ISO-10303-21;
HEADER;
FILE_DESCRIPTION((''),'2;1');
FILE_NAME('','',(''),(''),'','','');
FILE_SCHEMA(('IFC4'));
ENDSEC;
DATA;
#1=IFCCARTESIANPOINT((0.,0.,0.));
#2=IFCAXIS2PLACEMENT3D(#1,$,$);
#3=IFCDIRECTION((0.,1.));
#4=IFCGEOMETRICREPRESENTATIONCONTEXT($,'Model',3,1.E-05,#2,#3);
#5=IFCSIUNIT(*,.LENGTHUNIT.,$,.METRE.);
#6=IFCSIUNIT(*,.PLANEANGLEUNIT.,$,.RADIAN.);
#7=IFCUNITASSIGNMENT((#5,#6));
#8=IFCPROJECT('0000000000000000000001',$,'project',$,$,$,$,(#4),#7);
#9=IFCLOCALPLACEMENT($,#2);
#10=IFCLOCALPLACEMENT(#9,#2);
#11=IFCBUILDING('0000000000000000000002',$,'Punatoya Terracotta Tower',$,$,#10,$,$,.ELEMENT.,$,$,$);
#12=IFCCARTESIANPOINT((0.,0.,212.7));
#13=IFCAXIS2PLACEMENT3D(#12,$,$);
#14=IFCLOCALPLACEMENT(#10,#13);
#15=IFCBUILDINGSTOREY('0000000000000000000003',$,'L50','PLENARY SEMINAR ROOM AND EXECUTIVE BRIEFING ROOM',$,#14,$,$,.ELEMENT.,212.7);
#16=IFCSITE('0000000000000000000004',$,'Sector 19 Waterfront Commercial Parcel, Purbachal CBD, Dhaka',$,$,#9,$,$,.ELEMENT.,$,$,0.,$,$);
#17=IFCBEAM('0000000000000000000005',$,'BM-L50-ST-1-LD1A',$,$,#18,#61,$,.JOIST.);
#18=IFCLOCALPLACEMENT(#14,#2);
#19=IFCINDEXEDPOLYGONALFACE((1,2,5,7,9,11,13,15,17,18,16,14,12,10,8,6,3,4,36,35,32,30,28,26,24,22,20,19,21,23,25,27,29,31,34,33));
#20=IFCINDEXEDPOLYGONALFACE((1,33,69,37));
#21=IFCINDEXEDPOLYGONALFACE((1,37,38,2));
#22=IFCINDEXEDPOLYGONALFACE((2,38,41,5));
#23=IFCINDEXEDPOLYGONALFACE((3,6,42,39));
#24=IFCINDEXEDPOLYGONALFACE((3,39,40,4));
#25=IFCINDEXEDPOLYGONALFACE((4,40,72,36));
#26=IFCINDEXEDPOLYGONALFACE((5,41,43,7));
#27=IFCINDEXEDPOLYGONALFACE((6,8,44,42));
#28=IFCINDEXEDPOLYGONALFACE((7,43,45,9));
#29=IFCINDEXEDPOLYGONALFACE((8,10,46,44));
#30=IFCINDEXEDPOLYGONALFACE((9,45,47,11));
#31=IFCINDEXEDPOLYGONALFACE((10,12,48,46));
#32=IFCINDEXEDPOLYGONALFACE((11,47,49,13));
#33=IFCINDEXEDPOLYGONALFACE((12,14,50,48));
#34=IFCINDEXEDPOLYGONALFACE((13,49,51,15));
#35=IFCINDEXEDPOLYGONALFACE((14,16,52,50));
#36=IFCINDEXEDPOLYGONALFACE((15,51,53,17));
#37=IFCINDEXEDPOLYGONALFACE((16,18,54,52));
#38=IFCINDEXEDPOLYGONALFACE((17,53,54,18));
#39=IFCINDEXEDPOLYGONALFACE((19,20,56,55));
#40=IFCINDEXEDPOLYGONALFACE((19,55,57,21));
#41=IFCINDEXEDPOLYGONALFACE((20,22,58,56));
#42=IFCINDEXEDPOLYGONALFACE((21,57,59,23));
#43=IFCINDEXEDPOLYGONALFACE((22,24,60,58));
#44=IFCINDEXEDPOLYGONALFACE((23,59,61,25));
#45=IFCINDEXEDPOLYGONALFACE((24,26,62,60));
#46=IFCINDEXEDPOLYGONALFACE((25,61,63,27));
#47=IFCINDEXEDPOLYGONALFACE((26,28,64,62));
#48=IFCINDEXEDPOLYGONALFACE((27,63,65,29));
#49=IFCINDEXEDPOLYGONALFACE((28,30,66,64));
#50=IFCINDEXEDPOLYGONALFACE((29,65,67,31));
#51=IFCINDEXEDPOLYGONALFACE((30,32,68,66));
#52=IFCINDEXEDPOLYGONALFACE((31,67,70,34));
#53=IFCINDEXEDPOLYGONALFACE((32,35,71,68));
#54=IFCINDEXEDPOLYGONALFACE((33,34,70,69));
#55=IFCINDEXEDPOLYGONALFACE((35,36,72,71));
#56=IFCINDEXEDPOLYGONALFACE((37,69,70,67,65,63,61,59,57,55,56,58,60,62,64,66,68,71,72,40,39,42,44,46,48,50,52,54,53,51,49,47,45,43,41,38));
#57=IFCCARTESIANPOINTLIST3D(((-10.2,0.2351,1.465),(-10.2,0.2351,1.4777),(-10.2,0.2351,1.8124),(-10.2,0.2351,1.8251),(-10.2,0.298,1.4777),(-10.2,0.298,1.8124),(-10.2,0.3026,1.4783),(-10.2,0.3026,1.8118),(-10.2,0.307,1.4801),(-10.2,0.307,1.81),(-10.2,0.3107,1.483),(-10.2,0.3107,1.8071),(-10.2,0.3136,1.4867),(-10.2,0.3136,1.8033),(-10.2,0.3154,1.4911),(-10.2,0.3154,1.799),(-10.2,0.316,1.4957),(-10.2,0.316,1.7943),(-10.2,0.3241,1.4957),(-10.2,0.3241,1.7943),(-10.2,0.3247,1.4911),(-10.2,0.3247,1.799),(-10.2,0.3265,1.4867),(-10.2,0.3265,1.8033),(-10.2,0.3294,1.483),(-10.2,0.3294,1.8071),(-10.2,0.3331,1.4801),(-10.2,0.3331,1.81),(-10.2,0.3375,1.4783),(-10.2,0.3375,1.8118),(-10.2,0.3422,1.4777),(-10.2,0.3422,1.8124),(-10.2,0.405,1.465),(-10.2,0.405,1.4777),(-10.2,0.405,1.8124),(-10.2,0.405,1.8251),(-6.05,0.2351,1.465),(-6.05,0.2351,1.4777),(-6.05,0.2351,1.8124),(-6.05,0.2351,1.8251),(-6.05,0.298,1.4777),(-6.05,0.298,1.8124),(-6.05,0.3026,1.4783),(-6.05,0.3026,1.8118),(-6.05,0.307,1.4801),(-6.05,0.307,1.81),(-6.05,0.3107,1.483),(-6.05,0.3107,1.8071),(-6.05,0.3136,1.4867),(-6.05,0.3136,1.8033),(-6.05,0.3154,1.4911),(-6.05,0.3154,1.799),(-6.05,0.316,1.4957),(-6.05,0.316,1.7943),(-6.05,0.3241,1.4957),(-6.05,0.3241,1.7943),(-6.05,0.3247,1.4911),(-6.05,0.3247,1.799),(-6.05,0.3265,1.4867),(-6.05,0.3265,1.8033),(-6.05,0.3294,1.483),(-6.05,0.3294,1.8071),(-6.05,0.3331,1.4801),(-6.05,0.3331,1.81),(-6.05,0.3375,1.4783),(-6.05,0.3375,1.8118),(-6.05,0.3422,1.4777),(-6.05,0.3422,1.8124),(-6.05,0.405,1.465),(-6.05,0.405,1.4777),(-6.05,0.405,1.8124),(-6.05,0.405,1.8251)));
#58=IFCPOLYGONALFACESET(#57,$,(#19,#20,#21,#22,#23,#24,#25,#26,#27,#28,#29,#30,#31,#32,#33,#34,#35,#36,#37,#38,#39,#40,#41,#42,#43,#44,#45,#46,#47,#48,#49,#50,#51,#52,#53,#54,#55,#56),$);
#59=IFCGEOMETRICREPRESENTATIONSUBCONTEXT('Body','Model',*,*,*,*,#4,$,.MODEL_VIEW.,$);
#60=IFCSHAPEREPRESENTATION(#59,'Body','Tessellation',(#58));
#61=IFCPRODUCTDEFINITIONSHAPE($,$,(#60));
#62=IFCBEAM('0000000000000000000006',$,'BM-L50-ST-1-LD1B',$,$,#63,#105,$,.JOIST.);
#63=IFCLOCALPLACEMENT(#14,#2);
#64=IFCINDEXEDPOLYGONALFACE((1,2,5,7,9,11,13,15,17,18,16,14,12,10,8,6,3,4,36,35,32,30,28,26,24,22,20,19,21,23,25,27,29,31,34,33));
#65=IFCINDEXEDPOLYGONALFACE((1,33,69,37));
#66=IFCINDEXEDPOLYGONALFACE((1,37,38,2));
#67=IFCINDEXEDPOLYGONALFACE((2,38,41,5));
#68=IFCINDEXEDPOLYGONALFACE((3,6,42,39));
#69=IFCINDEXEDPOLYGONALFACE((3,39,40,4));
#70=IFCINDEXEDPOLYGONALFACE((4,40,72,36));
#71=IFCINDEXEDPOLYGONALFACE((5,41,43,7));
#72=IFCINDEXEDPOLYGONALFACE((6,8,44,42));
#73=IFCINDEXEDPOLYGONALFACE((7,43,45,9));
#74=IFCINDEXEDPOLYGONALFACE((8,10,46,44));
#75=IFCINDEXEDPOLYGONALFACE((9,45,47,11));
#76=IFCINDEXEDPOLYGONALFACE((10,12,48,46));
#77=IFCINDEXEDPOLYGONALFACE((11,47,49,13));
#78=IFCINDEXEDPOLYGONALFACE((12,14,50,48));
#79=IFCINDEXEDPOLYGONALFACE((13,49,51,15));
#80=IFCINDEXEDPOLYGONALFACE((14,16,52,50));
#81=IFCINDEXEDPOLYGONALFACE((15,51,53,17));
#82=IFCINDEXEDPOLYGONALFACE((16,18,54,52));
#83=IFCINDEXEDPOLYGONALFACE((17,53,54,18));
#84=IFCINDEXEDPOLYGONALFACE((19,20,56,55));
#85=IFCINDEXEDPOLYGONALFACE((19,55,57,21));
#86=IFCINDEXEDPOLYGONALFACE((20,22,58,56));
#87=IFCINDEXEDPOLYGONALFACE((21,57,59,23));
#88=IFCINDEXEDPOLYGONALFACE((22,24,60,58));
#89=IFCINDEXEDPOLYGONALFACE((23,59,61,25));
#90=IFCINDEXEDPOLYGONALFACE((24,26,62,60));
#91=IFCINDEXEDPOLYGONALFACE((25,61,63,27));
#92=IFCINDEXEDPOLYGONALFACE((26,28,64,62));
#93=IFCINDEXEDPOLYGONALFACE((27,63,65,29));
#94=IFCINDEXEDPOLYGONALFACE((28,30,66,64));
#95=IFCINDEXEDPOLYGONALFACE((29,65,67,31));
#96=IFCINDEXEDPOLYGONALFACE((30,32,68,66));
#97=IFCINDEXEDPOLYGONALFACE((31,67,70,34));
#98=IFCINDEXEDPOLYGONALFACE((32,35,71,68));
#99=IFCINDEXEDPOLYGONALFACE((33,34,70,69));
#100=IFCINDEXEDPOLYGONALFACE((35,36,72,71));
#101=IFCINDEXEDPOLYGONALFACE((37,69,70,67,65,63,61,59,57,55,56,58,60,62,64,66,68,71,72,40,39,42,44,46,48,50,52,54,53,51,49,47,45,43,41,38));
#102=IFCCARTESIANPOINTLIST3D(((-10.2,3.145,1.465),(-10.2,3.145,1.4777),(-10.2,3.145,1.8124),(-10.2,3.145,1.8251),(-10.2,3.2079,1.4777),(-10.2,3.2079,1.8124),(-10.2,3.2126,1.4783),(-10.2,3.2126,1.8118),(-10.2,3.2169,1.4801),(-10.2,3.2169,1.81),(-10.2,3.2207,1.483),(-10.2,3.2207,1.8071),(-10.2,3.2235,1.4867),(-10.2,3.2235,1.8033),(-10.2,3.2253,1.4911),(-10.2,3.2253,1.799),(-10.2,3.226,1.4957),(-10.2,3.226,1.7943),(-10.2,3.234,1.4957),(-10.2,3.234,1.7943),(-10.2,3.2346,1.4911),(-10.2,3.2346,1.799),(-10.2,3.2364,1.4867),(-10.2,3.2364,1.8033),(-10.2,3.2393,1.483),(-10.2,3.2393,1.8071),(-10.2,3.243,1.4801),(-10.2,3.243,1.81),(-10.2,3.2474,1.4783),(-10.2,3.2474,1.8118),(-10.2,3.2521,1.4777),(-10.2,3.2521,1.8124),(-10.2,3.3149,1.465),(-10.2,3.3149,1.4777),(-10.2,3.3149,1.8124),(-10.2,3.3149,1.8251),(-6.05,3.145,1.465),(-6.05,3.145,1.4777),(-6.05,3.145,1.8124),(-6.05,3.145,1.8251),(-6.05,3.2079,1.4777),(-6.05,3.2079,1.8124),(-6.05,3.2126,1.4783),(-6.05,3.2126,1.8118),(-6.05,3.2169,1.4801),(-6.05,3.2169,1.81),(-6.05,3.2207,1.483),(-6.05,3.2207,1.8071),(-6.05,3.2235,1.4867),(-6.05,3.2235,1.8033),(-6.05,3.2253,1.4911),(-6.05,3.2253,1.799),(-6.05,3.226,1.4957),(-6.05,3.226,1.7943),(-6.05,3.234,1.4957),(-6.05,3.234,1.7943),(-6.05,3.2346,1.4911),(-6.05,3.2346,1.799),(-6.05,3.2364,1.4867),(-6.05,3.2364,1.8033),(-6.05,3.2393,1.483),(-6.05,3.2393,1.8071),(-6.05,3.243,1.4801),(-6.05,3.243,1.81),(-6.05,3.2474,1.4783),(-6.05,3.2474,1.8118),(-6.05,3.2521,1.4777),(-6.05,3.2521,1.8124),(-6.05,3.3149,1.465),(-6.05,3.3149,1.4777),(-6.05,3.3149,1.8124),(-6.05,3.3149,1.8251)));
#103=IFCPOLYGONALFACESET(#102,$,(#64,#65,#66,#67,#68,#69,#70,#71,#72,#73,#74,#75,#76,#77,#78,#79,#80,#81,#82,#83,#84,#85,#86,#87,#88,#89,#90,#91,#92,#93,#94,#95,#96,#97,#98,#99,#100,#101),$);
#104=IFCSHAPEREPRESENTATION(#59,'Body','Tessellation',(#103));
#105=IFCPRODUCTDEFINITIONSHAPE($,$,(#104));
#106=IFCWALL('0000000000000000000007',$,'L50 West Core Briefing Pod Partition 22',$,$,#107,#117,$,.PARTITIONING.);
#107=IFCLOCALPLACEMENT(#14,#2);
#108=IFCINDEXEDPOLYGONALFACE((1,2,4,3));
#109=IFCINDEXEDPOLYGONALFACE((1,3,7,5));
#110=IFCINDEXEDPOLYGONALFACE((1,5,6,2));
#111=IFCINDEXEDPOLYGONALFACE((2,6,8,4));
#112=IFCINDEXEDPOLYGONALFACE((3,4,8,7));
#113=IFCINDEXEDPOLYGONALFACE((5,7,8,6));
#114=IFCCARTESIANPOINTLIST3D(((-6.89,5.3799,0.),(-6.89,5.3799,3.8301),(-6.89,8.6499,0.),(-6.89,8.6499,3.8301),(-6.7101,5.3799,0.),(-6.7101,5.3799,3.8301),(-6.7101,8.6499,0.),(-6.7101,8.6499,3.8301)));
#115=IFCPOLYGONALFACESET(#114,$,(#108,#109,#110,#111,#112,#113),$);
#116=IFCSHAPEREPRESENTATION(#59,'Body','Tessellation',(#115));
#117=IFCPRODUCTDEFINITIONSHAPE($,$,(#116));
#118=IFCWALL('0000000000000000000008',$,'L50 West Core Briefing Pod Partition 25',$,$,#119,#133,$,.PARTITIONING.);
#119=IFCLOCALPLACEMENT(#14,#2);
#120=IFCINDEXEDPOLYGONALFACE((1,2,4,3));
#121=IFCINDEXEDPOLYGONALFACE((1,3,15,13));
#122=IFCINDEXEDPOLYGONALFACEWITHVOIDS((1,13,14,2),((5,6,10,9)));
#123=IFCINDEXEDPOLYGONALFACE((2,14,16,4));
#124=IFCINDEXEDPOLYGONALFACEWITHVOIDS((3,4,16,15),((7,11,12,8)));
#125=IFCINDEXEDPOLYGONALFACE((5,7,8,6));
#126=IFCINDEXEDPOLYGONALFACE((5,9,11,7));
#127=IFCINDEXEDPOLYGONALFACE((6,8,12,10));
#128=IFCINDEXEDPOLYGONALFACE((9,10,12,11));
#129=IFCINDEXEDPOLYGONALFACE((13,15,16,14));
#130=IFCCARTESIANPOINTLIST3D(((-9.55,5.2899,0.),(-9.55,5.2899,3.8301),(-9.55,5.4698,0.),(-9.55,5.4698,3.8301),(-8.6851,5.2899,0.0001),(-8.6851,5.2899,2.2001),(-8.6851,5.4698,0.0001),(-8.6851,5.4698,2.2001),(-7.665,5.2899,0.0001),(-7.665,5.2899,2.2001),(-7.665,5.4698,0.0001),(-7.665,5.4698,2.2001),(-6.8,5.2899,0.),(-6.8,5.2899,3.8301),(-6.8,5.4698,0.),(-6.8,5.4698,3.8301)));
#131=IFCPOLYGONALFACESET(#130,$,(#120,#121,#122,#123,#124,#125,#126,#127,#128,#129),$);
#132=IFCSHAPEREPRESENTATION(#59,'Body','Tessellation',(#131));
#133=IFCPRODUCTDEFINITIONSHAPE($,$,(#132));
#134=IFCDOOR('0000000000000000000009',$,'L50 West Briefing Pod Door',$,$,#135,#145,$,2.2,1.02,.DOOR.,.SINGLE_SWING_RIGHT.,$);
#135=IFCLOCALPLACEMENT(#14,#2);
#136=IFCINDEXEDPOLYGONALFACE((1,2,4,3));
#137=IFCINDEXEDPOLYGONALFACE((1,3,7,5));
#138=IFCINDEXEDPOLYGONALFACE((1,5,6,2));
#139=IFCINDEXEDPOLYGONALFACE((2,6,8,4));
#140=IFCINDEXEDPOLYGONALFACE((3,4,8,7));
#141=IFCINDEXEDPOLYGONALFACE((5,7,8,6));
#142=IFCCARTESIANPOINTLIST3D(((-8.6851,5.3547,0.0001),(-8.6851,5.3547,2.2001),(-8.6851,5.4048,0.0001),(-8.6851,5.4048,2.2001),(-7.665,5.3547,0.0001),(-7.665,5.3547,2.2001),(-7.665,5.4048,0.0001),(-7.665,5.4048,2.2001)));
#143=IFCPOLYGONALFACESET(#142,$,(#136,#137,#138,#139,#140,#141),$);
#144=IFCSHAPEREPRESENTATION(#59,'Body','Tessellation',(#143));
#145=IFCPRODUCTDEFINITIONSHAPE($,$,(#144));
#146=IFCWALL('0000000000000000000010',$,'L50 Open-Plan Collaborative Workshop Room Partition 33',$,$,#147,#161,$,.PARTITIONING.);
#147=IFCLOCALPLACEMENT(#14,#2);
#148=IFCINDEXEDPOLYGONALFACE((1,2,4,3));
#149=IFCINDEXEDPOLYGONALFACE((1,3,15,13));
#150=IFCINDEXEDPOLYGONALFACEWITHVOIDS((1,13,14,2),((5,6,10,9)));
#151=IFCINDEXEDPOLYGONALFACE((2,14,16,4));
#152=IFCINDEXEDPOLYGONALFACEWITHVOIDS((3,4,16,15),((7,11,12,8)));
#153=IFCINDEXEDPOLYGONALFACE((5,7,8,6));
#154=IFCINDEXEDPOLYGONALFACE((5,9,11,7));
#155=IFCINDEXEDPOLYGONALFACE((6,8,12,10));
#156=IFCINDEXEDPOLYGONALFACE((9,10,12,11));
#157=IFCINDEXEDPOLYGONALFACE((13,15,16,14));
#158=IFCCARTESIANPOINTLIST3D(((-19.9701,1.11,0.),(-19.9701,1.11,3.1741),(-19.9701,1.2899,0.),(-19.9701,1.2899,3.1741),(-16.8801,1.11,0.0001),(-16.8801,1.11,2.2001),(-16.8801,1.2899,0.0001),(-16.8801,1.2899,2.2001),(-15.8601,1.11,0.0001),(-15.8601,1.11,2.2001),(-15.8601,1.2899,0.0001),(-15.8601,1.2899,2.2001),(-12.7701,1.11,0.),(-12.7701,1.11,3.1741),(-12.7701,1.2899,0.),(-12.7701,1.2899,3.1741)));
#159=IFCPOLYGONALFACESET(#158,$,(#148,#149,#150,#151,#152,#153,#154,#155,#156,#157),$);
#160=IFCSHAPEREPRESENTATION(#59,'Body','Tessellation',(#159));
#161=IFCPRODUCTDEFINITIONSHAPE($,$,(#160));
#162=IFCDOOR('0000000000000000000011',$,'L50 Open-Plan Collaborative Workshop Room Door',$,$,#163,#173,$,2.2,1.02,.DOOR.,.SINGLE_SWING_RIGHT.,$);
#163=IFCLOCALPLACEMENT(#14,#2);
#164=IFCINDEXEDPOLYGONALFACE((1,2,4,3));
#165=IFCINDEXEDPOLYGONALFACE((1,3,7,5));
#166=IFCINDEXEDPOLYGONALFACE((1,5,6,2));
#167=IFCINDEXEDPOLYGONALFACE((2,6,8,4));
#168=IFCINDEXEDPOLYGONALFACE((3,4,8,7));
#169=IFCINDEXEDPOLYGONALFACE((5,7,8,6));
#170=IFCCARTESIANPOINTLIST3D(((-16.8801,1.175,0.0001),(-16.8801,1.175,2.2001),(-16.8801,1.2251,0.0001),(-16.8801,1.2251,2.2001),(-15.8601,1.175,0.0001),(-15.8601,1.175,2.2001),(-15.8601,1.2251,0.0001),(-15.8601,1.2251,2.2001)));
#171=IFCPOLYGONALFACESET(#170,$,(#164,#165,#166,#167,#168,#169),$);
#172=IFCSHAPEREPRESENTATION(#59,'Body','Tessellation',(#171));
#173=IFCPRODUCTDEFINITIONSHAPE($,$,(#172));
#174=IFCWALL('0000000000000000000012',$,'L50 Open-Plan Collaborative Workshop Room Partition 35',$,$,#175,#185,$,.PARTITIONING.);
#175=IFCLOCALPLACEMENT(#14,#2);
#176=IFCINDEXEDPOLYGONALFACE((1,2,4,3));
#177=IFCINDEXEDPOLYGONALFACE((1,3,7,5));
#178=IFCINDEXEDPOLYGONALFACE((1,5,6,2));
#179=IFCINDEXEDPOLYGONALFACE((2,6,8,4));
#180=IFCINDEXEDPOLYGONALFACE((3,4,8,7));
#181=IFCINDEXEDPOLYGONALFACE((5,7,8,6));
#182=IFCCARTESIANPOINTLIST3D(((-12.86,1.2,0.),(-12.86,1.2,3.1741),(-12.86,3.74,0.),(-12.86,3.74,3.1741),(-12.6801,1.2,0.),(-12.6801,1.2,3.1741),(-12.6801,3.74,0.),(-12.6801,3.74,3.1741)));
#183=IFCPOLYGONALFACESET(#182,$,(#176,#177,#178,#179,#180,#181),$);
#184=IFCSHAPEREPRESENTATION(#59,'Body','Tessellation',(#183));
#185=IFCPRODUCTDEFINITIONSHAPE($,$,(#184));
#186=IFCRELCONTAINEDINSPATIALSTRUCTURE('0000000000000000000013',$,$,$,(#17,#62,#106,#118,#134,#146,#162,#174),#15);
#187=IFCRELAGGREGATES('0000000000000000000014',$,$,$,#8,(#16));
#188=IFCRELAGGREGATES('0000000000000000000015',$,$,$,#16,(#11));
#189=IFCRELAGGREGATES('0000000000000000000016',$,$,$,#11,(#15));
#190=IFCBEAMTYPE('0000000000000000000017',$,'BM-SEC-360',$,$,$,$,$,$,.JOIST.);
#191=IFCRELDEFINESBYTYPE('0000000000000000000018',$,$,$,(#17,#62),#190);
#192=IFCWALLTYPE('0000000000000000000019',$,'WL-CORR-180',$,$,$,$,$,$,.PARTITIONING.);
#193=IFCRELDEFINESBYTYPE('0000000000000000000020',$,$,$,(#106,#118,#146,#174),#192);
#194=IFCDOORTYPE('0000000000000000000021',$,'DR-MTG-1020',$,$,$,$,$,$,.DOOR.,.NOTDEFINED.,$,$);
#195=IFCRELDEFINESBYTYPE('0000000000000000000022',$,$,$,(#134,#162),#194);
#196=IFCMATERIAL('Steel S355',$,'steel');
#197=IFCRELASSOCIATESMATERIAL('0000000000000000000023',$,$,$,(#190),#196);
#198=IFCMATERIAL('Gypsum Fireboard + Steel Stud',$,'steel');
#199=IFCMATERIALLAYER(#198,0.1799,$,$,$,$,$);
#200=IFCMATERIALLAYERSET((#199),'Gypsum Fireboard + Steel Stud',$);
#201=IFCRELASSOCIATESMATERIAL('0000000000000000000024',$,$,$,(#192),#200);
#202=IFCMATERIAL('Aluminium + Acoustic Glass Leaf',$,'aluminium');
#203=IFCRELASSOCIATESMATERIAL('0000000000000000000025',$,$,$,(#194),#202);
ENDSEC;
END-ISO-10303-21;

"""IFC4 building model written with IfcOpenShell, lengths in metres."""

from ifc_helpers import new_model, si_unit, direction, frame, frame_2d, origin, origin_2d, place, context, subcontext, project, spatial, rectangle, i_section, extrude, material, layer, layer_set, material_profile, profile_set, type_object, element, fill, save


model = new_model("IFC4")

# Units and contexts
model_context = context("Model", 3, precision=1e-05, world=origin(), true_north=direction((0.0, 1.0)))
body_context = subcontext(model_context, "Body", "Model", "MODEL_VIEW")
ifc_project = project(units=[si_unit("LENGTHUNIT", "METRE"), si_unit("PLANEANGLEUNIT", "RADIAN")], contexts=[model_context])

# Site, building, storey
site_placement = place(None, origin())
site = spatial("IfcSite", under=ifc_project, at=site_placement, Name="Sector 19 Waterfront Commercial Parcel, Purbachal CBD, Dhaka", CompositionType="ELEMENT", RefElevation=0.0)
building_placement = place(site_placement, origin())
building = spatial("IfcBuilding", under=site, at=building_placement, Name="Punatoya Terracotta Tower", CompositionType="ELEMENT")
storey_placement = place(building_placement, frame((0.0, 0.0, 212.7)))
storey = spatial("IfcBuildingStorey", under=building, at=storey_placement, Name="L50", Description="PLENARY SEMINAR ROOM AND EXECUTIVE BRIEFING ROOM", CompositionType="ELEMENT", Elevation=212.7)

# Beams
ifc_material_1 = material(Name="Steel S355", Category="steel")
ifc_material_profile = material_profile(ifc_material_1, i_section(OverallWidth=0.1699, OverallDepth=0.3601, WebThickness=0.0081, FlangeThickness=0.0127, FilletRadius=0.0181, at=origin_2d()))
ifc_profile_set = profile_set([ifc_material_profile], Name="Steel S355")
beam_type = type_object("IfcBeamType", Name="BM-SEC-360", PredefinedType="JOIST", material=ifc_profile_set)
for number, where, z_axis, x_axis, name in (
    (1, (-10.2, 0.3201, 1.645), (1.0, 0.0, 0.0), (0.0, 1.0, 0.0), "BM-L50-ST-1-LD1A"),
    (2, (-10.2, 3.23, 1.645), (1.0, 0.0, 0.0), (0.0, 1.0, 0.0), "BM-L50-ST-1-LD1B"),
):
    element("IfcBeam", number, at=place(storey_placement, frame(where, z_axis=z_axis, x_axis=x_axis)), inside=storey, type_object=beam_type, Name=name, PredefinedType="JOIST", context=body_context, shape_type="SweptSolid", body=[
        extrude(i_section(OverallWidth=0.1699, OverallDepth=0.3601, WebThickness=0.0081, FlangeThickness=0.0127, FilletRadius=0.0181, at=origin_2d()), origin(), (0.0, 0.0, 1.0), 4.1499),
    ])

# Wall
ifc_material_2 = material(Name="Gypsum Fireboard + Steel Stud", Category="steel")
ifc_layer_1 = layer(ifc_material_2, 0.1799)
ifc_layer_set_1 = layer_set([ifc_layer_1], Name="Gypsum Fireboard + Steel Stud")
wall_type_1 = type_object("IfcWallType", Name="WL-CORR-180", PredefinedType="PARTITIONING", material=ifc_layer_set_1)
wall_1_placement = place(storey_placement, frame((-6.8, 5.3799, 0.0), z_axis=(0.0, 0.0, 1.0), x_axis=(0.0, 1.0, 0.0)))
element("IfcWall", 3, at=wall_1_placement, inside=storey, type_object=wall_type_1, Name="L50 West Core Briefing Pod Partition 22", PredefinedType="PARTITIONING", context=body_context, shape_type="SweptSolid", body=[
    extrude(rectangle(XDim=3.27, YDim=0.1799, at=frame_2d((1.635, 0.0))), origin(), (0.0, 0.0, 1.0), 3.8301),
])

# Walls, openings, doors
wall_2_placement = place(storey_placement, frame((-9.55, 5.3799, 0.0), z_axis=(0.0, 0.0, 1.0), x_axis=(1.0, 0.0, 0.0)))
wall_2 = element("IfcWall", 4, at=wall_2_placement, inside=storey, type_object=wall_type_1, Name="L50 West Core Briefing Pod Partition 25", PredefinedType="PARTITIONING", context=body_context, shape_type="SweptSolid", body=[
    extrude(rectangle(XDim=2.75, YDim=0.1799, at=frame_2d((1.375, 0.0))), origin(), (0.0, 0.0, 1.0), 3.8301),
])
opening_1_placement = place(wall_2_placement, frame((0.865, 0.0, 0.0)))
opening_1 = element("IfcOpeningElement", 5, at=opening_1_placement, cuts=wall_2, PredefinedType="OPENING", context=body_context, shape_type="SweptSolid", body=[
    extrude(rectangle(XDim=1.02, YDim=2.2, at=frame_2d((0.51, 1.1001))), frame((0.0, 0.0999, 0.0), z_axis=(0.0, -1.0, 0.0), x_axis=(1.0, 0.0, 0.0)), (0.0, 0.0, 1.0), 0.2),
])
ifc_material_3 = material(Name="Aluminium + Acoustic Glass Leaf", Category="aluminium")
door_type_1 = type_object("IfcDoorType", Name="DR-MTG-1020", OperationType="NOTDEFINED", PredefinedType="DOOR", material=ifc_material_3)
door_1_placement = place(opening_1_placement, origin())
door_1 = element("IfcDoor", 6, at=door_1_placement, inside=storey, type_object=door_type_1, Name="L50 West Briefing Pod Door", OperationType="SINGLE_SWING_RIGHT", OverallHeight=2.2, OverallWidth=1.02, PredefinedType="DOOR", context=body_context, shape_type="SweptSolid", body=[
    extrude(rectangle(XDim=1.02, YDim=2.2, at=frame_2d((0.51, 1.1001))), frame((0.0, 0.0249, 0.0), z_axis=(0.0, -1.0, 0.0), x_axis=(1.0, 0.0, 0.0)), (0.0, 0.0, 1.0), 0.05),
])
fill(opening_1, door_1)
wall_3_placement = place(storey_placement, frame((-12.77, 1.2, 0.0), z_axis=(0.0, 0.0, 1.0), x_axis=(-1.0, 0.0, 0.0)))
wall_3 = element("IfcWall", 7, at=wall_3_placement, inside=storey, type_object=wall_type_1, Name="L50 Open-Plan Collaborative Workshop Room Partition 33", PredefinedType="PARTITIONING", context=body_context, shape_type="SweptSolid", body=[
    extrude(rectangle(XDim=7.2, YDim=0.1799, at=frame_2d((3.6001, 0.0))), origin(), (0.0, 0.0, 1.0), 3.1741),
])
opening_2_placement = place(wall_3_placement, frame((3.0901, 0.0, 0.0)))
opening_2 = element("IfcOpeningElement", 8, at=opening_2_placement, cuts=wall_3, PredefinedType="OPENING", context=body_context, shape_type="SweptSolid", body=[
    extrude(rectangle(XDim=1.02, YDim=2.2, at=frame_2d((0.51, 1.1001))), frame((0.0, 0.0999, 0.0), z_axis=(0.0, -1.0, 0.0), x_axis=(1.0, 0.0, 0.0)), (0.0, 0.0, 1.0), 0.2),
])
door_2_placement = place(opening_2_placement, origin())
door_2 = element("IfcDoor", 9, at=door_2_placement, inside=storey, type_object=door_type_1, Name="L50 Open-Plan Collaborative Workshop Room Door", OperationType="SINGLE_SWING_RIGHT", OverallHeight=2.2, OverallWidth=1.02, PredefinedType="DOOR", context=body_context, shape_type="SweptSolid", body=[
    extrude(rectangle(XDim=1.02, YDim=2.2, at=frame_2d((0.51, 1.1001))), frame((0.0, 0.0249, 0.0), z_axis=(0.0, -1.0, 0.0), x_axis=(1.0, 0.0, 0.0)), (0.0, 0.0, 1.0), 0.05),
])
fill(opening_2, door_2)

# Wall
wall_4_placement = place(storey_placement, frame((-12.77, 3.74, 0.0), z_axis=(0.0, 0.0, 1.0), x_axis=(0.0, -1.0, 0.0)))
element("IfcWall", 10, at=wall_4_placement, inside=storey, type_object=wall_type_1, Name="L50 Open-Plan Collaborative Workshop Room Partition 35", PredefinedType="PARTITIONING", context=body_context, shape_type="SweptSolid", body=[
    extrude(rectangle(XDim=2.54, YDim=0.1799, at=frame_2d((1.27, 0.0))), origin(), (0.0, 0.0, 1.0), 3.1741),
])

save(model, "model.ifc")
